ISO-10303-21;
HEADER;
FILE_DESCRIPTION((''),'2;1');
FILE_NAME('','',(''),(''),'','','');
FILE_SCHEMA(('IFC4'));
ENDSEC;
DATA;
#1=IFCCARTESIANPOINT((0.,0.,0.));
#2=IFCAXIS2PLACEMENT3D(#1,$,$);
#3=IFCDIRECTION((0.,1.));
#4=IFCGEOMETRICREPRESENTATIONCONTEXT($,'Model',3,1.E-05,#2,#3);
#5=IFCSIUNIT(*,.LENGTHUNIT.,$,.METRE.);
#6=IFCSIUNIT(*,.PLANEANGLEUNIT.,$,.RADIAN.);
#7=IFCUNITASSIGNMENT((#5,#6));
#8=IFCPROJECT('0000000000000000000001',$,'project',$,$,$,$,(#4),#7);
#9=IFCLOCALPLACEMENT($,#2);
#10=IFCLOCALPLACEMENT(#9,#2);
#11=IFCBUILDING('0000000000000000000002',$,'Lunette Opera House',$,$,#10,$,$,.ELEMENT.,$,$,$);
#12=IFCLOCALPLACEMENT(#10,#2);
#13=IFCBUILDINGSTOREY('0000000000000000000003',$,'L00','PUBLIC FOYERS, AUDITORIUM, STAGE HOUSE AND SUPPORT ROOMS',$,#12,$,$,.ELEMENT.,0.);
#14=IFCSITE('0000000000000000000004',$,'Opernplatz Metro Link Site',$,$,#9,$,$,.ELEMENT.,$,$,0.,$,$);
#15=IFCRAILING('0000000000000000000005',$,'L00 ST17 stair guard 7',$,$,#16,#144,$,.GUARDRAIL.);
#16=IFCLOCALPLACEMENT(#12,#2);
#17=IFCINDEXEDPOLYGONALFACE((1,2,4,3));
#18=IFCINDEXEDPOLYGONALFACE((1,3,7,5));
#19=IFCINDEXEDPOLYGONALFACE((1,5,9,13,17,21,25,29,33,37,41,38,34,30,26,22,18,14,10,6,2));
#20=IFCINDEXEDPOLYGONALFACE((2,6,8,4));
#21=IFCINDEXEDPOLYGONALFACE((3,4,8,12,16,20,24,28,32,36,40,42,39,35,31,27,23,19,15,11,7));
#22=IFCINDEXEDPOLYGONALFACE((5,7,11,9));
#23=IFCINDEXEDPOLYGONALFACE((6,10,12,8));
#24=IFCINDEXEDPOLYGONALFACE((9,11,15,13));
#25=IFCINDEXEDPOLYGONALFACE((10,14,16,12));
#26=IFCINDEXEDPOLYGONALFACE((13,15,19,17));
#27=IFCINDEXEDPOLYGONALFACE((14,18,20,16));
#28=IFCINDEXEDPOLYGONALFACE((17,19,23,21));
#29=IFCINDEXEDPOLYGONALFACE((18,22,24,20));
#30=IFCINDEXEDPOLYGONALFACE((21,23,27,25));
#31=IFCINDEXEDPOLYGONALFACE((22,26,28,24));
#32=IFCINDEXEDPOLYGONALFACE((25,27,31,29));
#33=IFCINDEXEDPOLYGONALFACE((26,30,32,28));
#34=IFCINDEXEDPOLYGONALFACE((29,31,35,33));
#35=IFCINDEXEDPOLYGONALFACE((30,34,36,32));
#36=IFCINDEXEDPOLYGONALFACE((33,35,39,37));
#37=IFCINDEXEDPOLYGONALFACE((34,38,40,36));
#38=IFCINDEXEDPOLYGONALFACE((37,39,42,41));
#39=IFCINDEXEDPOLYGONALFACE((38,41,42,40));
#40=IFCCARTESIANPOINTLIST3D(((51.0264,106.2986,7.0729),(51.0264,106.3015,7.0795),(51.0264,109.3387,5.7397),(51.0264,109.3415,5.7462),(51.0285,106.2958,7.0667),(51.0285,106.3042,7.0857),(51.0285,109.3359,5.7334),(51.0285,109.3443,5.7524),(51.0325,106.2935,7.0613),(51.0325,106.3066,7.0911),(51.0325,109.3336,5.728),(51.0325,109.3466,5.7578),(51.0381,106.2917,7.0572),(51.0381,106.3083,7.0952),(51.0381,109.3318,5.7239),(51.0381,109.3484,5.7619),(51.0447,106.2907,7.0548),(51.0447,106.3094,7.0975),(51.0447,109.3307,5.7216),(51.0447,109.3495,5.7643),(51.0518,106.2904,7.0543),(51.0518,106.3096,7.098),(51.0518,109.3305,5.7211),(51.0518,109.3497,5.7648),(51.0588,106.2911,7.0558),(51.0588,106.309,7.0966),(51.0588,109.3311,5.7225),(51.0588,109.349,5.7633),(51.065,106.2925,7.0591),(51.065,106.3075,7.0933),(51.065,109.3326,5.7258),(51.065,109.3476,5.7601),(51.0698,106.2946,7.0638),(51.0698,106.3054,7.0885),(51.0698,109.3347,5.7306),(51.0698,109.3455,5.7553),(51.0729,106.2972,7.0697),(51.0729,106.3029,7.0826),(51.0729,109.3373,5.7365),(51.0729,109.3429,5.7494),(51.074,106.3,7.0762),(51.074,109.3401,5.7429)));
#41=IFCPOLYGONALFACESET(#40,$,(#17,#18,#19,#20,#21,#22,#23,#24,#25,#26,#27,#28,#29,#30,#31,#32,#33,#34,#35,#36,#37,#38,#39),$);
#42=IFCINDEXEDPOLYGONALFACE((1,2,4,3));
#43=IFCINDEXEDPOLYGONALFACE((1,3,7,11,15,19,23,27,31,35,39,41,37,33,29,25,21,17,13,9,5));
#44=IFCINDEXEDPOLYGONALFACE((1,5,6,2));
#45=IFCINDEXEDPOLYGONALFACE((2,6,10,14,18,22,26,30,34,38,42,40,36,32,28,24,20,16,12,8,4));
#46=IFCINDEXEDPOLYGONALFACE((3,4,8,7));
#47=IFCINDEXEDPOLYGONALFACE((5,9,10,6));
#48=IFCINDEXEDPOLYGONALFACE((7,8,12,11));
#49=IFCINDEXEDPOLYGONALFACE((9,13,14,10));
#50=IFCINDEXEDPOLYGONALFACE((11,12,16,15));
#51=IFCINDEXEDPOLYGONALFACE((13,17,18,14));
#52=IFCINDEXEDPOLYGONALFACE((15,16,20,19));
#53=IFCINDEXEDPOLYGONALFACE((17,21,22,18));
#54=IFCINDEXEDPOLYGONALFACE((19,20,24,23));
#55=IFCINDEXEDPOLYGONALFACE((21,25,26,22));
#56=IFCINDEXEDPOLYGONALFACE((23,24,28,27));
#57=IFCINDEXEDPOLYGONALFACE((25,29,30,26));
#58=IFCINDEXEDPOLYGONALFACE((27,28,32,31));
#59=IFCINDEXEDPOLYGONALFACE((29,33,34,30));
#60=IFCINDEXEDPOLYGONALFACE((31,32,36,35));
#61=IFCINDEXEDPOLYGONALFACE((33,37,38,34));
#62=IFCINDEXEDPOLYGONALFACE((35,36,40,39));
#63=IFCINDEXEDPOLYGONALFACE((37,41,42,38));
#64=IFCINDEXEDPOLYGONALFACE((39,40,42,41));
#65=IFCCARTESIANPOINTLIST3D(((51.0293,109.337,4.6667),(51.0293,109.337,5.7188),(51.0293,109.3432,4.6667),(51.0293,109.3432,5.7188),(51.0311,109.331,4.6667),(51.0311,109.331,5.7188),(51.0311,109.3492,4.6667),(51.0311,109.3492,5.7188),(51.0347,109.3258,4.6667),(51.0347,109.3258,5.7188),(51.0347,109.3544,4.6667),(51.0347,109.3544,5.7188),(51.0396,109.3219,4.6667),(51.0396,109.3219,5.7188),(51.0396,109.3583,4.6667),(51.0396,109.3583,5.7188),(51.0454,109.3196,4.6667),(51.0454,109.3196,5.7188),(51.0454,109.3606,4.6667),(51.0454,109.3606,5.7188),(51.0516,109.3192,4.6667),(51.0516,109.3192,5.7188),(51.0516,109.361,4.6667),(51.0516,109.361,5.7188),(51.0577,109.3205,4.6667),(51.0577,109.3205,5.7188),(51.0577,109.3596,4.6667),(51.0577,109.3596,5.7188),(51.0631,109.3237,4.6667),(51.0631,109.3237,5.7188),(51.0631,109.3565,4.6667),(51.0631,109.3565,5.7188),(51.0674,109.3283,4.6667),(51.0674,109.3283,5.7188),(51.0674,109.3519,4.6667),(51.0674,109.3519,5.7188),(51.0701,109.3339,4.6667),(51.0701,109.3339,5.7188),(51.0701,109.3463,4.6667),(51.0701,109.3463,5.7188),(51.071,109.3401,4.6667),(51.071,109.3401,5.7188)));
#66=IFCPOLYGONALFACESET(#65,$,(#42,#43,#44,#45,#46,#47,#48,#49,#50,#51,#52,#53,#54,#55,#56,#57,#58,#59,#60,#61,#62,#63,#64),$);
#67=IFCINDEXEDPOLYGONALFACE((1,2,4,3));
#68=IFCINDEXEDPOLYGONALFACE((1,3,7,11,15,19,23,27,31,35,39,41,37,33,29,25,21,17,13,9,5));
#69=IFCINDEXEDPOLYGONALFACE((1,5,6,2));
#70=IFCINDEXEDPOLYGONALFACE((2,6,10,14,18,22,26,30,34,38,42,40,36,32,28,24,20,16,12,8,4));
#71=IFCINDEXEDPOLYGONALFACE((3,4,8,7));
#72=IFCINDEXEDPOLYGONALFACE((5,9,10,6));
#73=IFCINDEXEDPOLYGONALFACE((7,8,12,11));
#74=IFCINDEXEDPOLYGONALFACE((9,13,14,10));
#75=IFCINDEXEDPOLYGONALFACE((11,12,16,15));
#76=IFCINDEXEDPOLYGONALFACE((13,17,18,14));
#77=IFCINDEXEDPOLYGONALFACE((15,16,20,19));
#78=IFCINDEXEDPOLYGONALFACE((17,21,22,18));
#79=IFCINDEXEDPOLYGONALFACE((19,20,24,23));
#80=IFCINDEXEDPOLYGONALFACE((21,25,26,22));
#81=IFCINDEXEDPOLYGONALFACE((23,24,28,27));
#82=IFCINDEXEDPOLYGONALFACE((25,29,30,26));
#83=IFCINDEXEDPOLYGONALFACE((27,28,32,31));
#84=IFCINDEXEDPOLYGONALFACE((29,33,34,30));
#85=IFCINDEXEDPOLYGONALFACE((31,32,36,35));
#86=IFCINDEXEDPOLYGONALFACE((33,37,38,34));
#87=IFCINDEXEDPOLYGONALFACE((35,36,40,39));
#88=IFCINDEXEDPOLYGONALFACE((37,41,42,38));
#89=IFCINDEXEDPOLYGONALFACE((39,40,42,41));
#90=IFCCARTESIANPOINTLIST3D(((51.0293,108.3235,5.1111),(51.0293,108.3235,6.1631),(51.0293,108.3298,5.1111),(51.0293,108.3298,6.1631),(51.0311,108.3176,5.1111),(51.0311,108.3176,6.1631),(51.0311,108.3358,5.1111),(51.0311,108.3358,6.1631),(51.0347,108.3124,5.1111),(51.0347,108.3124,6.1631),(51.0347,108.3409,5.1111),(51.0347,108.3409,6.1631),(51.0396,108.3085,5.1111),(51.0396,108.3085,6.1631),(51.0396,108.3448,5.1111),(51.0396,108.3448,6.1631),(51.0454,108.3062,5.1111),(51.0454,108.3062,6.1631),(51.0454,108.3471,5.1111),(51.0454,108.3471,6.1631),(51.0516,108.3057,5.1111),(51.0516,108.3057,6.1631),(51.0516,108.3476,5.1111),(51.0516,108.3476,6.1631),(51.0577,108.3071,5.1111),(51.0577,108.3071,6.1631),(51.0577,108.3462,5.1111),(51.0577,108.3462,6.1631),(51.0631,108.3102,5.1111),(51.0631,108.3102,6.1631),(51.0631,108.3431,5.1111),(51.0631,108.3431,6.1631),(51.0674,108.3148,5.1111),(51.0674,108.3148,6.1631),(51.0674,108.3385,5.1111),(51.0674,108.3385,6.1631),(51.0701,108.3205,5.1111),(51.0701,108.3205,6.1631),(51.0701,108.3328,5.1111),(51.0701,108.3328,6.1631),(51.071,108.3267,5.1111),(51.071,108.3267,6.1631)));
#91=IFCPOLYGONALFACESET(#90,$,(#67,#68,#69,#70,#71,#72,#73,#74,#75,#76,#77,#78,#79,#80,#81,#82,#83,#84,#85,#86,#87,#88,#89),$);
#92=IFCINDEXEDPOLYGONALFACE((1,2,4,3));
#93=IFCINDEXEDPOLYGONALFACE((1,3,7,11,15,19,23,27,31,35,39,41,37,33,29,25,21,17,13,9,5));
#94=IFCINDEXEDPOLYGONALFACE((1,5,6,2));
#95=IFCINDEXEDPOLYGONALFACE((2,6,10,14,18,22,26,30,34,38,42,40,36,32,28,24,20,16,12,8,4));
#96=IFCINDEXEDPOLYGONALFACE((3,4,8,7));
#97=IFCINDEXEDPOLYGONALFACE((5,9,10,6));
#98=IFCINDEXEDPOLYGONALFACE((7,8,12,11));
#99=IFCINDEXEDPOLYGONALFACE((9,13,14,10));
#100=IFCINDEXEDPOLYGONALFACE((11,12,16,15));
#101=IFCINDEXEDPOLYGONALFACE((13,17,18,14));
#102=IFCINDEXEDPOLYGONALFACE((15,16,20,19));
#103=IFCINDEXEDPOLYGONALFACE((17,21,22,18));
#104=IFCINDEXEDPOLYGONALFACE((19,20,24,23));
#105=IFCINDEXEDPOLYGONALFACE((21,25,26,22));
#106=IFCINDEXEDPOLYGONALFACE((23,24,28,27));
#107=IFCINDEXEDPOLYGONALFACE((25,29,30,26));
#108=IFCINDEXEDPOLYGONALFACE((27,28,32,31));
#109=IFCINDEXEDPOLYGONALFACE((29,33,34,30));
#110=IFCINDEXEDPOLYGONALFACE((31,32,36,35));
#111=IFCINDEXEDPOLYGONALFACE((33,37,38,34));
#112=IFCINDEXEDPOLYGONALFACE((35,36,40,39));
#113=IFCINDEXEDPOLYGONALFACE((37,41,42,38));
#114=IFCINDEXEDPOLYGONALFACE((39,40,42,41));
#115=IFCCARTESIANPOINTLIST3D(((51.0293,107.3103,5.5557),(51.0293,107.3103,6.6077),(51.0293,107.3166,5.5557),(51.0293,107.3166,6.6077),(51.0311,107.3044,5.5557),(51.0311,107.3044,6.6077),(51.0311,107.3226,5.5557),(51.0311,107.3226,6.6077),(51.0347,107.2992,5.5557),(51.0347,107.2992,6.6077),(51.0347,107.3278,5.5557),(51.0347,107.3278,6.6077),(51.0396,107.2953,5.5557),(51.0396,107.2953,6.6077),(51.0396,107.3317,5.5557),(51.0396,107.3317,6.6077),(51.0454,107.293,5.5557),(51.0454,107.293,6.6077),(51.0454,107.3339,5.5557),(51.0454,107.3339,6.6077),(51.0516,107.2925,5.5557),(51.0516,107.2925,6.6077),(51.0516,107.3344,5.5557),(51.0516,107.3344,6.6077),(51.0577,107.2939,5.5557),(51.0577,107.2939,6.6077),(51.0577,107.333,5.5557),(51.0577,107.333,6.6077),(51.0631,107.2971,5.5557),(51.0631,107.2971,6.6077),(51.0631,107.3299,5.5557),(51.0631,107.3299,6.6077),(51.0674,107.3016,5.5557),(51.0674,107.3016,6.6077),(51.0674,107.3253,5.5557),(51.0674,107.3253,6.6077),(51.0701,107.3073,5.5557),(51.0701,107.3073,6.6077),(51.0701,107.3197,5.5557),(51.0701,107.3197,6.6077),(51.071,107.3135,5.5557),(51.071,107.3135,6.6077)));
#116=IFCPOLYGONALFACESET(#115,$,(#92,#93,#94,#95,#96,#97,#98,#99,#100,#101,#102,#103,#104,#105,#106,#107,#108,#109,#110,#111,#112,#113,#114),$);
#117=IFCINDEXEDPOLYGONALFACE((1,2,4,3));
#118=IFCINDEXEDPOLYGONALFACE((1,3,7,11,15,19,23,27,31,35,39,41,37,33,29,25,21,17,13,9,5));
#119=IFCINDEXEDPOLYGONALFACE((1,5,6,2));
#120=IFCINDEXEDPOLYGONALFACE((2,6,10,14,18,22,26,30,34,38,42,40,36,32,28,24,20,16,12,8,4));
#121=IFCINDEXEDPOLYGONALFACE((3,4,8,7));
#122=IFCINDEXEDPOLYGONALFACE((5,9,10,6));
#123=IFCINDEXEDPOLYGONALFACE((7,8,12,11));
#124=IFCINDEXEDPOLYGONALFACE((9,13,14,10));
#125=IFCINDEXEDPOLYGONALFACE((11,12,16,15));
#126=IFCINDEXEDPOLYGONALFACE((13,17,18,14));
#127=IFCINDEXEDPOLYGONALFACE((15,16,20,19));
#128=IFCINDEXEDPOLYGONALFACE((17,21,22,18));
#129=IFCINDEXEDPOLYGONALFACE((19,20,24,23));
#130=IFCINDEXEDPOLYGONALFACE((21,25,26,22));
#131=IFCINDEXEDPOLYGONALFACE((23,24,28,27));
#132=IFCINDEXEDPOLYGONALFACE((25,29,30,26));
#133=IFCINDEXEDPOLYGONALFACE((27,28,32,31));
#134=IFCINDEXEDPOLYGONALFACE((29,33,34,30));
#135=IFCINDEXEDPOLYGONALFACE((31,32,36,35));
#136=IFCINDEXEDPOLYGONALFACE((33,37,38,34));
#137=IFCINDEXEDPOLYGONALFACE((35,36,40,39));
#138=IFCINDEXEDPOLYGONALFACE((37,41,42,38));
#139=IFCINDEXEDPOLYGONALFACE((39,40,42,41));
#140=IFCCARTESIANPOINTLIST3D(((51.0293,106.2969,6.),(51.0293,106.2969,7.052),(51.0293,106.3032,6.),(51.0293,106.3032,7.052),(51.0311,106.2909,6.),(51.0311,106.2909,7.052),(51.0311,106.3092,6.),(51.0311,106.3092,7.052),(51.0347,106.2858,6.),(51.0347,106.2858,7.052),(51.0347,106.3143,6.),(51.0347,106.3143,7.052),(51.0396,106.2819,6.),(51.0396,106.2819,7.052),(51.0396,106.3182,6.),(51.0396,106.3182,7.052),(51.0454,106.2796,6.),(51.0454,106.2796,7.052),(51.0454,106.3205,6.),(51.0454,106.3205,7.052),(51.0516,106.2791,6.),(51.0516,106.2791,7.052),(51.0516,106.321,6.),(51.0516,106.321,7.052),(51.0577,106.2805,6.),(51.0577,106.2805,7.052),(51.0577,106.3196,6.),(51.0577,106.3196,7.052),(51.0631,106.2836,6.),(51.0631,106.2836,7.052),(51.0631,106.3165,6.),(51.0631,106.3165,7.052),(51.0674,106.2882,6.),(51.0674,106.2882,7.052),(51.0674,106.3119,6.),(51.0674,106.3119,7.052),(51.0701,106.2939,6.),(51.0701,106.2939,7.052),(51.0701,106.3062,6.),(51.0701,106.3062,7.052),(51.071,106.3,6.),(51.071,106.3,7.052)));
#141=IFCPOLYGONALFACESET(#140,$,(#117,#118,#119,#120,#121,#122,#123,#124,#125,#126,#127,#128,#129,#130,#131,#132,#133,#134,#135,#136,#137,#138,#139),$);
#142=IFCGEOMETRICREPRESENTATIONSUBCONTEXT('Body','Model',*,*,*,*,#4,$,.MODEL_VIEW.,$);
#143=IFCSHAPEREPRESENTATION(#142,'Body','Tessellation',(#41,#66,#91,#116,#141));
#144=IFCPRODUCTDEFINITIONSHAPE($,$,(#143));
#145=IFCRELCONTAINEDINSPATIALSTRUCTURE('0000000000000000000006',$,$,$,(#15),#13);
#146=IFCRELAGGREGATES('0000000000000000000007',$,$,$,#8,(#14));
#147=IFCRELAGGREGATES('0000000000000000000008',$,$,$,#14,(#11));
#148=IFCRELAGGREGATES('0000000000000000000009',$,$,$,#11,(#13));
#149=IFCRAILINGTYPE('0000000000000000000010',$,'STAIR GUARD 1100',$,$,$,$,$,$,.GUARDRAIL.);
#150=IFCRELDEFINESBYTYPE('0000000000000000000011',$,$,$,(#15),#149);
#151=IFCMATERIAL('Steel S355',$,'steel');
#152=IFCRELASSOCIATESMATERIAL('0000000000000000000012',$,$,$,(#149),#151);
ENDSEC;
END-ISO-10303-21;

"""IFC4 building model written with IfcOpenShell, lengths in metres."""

from ifc_helpers import new_model, si_unit, direction, frame, origin, origin_2d, place, context, subcontext, project, spatial, circle, extrude, material, type_object, element, save


model = new_model("IFC4")

# Units and contexts
model_context = context("Model", 3, precision=1e-05, world=origin(), true_north=direction((0.0, 1.0)))
body_context = subcontext(model_context, "Body", "Model", "MODEL_VIEW")
ifc_project = project(units=[si_unit("LENGTHUNIT", "METRE"), si_unit("PLANEANGLEUNIT", "RADIAN")], contexts=[model_context])

# Site, building, storey
site_placement = place(None, origin())
site = spatial("IfcSite", under=ifc_project, at=site_placement, Name="Opernplatz Metro Link Site", CompositionType="ELEMENT", RefElevation=0.0)
building_placement = place(site_placement, origin())
building = spatial("IfcBuilding", under=site, at=building_placement, Name="Lunette Opera House", CompositionType="ELEMENT")
storey_placement = place(building_placement, origin())
storey = spatial("IfcBuildingStorey", under=building, at=storey_placement, Name="L00", Description="PUBLIC FOYERS, AUDITORIUM, STAGE HOUSE AND SUPPORT ROOMS", CompositionType="ELEMENT", Elevation=0.0)

# Railing
ifc_material_1 = material(Name="Steel S355", Category="steel")
railing_type_1 = type_object("IfcRailingType", Name="STAIR GUARD 1100", PredefinedType="GUARDRAIL", material=ifc_material_1)
railing_1_placement = place(storey_placement, frame((51.05, 109.3401, 4.6667)))
element("IfcRailing", 1, at=railing_1_placement, inside=storey, type_object=railing_type_1, Name="L00 ST17 stair guard 7", PredefinedType="GUARDRAIL", context=body_context, shape_type="SweptSolid", body=[
    extrude(circle(Radius=0.0239, at=origin_2d()), frame((0.0, 0.0, 1.0762), z_axis=(0.0, -0.915799, 0.401637), x_axis=(1.0, 0.0, 0.0)), (0.0, 0.0, 1.0), 3.3196),
    extrude(circle(Radius=0.021, at=origin_2d()), origin(), (0.0, 0.0, 1.0), 1.052),
    extrude(circle(Radius=0.021, at=origin_2d()), frame((0.0, -1.0134, 0.4443)), (0.0, 0.0, 1.0), 1.052),
    extrude(circle(Radius=0.021, at=origin_2d()), frame((0.0, -2.0266, 0.8889)), (0.0, 0.0, 1.0), 1.052),
    extrude(circle(Radius=0.021, at=origin_2d()), frame((0.0, -3.04, 1.3333)), (0.0, 0.0, 1.0), 1.052),
])

save(model, "model.ifc")
